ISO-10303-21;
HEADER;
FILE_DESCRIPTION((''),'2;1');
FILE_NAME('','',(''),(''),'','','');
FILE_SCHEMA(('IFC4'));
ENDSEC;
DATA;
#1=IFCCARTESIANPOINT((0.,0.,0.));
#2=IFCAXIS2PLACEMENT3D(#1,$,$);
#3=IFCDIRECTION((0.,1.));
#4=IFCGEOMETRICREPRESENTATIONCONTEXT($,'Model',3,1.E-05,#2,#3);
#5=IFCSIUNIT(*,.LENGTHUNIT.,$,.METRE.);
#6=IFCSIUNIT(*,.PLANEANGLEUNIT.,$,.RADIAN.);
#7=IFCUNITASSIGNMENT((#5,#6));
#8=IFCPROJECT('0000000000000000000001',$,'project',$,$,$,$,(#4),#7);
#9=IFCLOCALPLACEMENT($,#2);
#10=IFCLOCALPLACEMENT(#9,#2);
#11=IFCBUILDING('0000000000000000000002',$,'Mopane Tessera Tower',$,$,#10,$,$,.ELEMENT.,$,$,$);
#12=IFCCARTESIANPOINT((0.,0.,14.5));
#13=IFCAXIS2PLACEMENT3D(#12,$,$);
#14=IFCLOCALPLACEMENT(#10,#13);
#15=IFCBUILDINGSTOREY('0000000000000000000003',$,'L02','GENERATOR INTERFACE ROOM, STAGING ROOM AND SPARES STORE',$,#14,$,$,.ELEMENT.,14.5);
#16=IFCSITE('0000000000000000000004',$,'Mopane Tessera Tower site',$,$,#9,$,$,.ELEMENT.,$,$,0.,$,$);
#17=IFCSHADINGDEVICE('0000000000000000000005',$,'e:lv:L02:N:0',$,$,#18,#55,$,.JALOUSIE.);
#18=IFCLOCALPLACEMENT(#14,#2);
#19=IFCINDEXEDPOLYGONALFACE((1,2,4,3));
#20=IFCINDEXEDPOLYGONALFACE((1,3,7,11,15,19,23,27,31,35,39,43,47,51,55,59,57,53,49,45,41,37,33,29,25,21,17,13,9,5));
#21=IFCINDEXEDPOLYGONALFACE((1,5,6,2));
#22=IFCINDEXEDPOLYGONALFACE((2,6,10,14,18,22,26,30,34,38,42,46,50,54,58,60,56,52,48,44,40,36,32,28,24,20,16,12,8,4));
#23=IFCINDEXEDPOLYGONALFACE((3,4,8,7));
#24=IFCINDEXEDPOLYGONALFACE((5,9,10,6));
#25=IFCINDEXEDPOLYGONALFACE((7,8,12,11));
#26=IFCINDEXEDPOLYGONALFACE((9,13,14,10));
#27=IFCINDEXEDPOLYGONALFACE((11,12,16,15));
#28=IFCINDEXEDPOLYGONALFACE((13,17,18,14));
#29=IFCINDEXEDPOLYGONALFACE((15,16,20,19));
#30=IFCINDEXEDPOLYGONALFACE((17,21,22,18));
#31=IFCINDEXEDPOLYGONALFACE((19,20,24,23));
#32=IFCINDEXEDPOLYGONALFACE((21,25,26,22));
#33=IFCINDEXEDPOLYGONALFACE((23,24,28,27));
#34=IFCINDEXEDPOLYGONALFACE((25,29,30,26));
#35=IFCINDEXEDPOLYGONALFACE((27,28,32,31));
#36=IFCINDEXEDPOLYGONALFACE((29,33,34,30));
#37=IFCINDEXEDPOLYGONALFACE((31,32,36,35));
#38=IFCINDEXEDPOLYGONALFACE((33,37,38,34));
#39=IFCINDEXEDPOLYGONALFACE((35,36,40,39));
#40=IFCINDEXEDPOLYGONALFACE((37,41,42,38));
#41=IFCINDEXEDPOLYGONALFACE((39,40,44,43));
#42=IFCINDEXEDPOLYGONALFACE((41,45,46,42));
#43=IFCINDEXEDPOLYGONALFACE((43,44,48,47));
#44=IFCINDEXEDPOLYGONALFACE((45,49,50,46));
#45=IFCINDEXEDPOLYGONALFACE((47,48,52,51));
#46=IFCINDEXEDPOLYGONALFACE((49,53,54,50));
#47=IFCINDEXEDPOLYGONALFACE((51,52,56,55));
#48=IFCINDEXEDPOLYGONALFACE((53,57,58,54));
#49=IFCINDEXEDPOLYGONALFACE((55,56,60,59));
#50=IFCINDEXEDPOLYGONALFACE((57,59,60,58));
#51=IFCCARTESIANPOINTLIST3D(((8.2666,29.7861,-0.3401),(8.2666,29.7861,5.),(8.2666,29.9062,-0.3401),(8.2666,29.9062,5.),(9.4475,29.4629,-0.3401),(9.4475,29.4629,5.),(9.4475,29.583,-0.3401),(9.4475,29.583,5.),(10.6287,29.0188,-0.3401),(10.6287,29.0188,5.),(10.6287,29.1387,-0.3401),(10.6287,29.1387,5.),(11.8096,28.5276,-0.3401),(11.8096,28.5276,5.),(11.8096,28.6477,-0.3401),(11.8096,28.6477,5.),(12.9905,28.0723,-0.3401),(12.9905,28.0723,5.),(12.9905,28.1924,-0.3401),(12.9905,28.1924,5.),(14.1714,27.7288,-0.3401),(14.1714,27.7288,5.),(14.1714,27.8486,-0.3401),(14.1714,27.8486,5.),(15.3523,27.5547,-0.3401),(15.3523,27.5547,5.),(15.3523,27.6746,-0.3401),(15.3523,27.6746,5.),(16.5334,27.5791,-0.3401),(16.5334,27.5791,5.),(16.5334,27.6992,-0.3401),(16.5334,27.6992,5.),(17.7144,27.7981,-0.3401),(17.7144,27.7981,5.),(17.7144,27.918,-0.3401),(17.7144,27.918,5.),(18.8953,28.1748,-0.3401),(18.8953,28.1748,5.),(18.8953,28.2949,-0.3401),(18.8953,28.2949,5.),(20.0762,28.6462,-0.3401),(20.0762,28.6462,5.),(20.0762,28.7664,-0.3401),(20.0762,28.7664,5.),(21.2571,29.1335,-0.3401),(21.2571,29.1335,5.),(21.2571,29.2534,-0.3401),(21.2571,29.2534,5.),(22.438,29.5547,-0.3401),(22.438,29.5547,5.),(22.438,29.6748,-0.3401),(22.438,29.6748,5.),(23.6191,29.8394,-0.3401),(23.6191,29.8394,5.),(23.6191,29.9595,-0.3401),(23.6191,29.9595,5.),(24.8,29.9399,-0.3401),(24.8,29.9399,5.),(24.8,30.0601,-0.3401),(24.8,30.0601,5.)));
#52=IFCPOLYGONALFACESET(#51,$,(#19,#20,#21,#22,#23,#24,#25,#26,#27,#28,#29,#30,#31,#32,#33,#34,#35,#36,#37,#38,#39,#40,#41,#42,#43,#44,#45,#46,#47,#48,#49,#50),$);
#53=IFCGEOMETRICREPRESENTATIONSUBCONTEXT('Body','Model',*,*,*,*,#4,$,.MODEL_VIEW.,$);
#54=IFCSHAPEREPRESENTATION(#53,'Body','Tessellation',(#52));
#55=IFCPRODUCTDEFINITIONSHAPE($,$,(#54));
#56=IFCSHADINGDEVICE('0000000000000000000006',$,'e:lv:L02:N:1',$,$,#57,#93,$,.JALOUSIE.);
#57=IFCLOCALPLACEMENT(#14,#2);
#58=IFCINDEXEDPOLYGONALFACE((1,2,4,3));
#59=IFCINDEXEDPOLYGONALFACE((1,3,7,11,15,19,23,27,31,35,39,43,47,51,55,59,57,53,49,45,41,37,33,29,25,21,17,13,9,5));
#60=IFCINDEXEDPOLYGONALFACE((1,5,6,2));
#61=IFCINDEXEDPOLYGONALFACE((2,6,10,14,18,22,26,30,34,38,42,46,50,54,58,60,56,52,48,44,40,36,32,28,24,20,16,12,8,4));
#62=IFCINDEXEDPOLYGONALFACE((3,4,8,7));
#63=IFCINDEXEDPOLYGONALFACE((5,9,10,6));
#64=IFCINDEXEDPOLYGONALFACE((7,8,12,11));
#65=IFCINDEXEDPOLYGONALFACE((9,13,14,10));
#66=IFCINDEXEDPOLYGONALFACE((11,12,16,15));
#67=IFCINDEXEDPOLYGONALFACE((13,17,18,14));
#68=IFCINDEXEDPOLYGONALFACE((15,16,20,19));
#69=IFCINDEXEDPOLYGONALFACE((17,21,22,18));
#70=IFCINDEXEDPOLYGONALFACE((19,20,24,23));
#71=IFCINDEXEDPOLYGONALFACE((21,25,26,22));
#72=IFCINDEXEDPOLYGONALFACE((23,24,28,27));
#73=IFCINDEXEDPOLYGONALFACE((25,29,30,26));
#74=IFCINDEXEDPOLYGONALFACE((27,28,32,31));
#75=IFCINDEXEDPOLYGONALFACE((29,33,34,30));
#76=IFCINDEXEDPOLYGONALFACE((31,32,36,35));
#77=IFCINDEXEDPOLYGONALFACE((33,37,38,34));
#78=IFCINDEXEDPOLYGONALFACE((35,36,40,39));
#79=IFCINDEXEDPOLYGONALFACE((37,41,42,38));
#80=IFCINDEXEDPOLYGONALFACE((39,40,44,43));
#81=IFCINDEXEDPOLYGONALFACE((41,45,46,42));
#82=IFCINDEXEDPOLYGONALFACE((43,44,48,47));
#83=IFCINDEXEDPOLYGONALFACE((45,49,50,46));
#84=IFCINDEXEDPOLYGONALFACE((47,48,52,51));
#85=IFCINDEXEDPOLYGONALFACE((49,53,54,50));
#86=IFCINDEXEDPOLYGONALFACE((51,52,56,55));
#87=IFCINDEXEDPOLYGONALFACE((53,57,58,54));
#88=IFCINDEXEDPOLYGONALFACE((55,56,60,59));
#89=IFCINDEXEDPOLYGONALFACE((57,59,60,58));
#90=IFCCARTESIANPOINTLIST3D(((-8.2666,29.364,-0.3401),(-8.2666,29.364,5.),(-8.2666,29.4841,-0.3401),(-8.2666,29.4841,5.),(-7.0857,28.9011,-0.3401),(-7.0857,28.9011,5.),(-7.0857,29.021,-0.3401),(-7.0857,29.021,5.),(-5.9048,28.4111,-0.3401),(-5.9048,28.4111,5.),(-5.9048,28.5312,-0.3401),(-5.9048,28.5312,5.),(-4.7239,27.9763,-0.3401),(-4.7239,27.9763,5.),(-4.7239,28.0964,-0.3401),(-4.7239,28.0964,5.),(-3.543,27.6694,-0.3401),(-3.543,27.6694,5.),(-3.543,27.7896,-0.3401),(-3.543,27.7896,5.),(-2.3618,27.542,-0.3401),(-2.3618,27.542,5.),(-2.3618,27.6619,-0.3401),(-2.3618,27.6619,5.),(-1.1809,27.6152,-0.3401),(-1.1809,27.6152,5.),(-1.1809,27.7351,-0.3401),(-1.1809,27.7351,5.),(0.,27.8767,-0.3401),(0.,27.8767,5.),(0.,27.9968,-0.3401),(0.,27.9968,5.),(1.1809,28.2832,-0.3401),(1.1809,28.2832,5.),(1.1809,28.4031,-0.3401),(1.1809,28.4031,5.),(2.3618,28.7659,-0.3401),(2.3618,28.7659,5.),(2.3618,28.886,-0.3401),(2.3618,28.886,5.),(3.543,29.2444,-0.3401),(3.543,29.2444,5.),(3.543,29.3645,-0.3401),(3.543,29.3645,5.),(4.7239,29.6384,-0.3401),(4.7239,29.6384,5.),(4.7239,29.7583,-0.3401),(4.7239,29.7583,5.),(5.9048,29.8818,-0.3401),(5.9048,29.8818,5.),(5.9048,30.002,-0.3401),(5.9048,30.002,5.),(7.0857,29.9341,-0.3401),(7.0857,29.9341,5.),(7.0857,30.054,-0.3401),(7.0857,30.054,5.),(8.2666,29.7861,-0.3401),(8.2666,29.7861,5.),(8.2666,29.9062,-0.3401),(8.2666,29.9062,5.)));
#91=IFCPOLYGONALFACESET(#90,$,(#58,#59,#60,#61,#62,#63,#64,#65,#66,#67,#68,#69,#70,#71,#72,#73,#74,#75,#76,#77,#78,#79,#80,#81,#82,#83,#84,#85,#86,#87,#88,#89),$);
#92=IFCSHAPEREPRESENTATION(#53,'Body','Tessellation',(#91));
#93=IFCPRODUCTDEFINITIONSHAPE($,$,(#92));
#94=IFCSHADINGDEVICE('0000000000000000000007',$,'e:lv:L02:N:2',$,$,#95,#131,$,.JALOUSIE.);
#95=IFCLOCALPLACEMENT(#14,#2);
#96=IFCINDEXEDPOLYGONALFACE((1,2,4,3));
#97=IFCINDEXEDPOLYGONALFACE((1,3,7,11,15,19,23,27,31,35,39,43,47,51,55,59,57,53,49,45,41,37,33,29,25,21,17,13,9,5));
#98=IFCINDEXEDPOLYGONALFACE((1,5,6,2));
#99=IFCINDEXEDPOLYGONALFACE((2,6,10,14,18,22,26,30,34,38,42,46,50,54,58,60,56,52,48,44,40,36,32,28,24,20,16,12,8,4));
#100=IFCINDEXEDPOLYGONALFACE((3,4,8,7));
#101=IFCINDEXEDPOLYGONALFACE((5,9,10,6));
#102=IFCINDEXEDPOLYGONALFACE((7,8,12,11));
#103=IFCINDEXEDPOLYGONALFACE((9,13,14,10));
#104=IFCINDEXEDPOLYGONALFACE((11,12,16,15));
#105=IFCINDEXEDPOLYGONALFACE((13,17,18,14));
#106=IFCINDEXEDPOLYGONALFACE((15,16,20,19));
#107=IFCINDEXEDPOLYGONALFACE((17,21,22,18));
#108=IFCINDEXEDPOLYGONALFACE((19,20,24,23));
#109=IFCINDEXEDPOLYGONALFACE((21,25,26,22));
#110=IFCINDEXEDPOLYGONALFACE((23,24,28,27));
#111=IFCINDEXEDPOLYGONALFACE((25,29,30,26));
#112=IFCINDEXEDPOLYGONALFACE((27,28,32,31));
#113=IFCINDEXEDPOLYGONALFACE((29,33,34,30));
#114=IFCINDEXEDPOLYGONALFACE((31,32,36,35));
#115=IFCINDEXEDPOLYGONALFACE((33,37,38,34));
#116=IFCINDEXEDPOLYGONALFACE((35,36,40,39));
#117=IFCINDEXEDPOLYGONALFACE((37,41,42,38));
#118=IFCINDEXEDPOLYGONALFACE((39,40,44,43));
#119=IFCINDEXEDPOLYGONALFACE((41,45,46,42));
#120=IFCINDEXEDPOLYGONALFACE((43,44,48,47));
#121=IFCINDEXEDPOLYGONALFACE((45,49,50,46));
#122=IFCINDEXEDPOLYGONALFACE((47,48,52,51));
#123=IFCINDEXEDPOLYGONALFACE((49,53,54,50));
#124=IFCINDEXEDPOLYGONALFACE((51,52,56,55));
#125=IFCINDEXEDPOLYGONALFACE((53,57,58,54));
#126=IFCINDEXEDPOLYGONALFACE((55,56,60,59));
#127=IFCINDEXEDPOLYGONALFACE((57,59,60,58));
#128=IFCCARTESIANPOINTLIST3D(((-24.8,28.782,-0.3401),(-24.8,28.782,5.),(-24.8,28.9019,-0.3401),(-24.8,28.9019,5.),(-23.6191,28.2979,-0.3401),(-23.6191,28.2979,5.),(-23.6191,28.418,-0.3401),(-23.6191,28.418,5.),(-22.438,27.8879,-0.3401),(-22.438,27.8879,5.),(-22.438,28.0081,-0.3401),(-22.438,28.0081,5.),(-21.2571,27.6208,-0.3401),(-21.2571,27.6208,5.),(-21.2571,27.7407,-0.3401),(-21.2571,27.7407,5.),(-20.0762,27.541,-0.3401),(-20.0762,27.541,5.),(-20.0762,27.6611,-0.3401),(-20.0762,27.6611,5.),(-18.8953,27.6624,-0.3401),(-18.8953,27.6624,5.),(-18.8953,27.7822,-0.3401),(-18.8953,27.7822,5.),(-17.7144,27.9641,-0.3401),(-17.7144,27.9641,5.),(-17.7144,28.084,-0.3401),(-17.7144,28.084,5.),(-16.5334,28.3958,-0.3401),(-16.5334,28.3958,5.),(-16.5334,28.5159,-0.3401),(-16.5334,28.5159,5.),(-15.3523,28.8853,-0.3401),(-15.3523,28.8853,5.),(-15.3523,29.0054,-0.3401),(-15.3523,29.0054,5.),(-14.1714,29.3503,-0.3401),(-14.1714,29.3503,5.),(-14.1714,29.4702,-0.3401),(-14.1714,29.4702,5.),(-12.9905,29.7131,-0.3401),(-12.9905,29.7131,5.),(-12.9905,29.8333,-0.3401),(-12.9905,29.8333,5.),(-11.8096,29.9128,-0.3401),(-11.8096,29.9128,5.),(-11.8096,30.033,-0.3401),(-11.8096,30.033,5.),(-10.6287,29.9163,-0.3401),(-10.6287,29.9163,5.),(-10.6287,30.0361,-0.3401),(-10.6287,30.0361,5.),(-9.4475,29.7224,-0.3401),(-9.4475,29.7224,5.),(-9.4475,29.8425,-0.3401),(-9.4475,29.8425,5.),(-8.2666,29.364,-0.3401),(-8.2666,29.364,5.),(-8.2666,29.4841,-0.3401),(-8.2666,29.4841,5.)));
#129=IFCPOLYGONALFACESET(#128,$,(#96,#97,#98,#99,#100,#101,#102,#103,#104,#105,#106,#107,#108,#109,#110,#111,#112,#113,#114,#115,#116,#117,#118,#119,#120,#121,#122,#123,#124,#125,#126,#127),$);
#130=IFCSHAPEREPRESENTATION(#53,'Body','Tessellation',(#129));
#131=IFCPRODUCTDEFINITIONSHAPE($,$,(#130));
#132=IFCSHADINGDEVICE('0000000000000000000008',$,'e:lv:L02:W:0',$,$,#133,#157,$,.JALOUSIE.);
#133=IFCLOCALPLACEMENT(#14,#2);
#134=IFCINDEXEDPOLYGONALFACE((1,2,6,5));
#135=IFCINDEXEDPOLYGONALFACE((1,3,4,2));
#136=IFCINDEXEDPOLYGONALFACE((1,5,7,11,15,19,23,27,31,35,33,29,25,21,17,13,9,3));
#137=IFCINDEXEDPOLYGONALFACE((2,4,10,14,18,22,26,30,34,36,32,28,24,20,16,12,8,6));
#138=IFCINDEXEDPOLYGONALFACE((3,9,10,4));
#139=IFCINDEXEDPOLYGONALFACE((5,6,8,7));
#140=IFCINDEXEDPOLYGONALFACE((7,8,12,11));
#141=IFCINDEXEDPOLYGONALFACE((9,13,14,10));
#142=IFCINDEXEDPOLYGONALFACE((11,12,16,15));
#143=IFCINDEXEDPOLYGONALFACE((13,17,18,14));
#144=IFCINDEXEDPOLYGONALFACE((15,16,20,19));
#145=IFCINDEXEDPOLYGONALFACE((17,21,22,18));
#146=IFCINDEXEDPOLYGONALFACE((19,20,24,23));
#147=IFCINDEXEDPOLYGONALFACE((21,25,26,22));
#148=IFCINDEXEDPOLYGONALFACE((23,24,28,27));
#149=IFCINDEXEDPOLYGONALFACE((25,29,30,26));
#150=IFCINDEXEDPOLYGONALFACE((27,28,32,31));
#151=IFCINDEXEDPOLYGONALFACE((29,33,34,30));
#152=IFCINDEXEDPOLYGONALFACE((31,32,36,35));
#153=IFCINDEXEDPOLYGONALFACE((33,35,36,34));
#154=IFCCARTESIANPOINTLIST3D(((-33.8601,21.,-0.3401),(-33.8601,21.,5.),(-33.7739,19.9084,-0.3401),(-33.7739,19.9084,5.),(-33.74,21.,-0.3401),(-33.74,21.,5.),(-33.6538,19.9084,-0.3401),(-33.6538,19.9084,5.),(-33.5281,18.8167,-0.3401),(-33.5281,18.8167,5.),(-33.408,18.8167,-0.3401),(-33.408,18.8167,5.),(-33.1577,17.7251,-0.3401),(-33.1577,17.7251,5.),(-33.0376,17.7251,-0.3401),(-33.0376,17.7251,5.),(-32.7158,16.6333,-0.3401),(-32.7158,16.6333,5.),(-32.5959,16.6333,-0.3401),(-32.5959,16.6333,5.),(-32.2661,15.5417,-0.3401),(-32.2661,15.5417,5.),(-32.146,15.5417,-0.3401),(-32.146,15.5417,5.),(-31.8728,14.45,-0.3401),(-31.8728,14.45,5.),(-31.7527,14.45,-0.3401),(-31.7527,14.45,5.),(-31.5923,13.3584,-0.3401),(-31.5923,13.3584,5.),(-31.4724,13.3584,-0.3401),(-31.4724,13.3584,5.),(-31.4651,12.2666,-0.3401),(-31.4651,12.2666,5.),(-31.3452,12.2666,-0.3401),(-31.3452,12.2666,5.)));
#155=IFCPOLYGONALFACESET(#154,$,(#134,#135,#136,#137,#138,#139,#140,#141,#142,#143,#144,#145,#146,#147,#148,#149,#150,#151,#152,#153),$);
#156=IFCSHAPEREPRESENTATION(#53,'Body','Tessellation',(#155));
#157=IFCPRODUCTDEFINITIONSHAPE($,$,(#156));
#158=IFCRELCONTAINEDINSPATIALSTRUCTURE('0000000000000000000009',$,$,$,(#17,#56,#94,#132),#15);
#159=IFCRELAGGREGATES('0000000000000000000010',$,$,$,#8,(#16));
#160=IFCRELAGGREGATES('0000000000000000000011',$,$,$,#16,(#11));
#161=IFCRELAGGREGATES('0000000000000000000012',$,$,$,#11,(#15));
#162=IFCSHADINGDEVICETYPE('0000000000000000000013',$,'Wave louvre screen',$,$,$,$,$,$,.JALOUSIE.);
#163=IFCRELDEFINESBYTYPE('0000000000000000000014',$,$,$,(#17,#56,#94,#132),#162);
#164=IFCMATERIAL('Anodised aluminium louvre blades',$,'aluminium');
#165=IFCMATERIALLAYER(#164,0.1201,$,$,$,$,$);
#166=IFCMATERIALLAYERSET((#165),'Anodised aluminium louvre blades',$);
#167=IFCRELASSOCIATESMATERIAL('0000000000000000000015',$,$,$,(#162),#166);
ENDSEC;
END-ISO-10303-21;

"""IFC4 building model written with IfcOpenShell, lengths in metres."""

from ifc_helpers import new_model, si_unit, direction, frame, origin, place, context, subcontext, project, spatial, polyline, outline, extrude, material, layer, layer_set, type_object, element, save


model = new_model("IFC4")

# Units and contexts
model_context = context("Model", 3, precision=1e-05, world=origin(), true_north=direction((0.0, 1.0)))
body_context = subcontext(model_context, "Body", "Model", "MODEL_VIEW")
ifc_project = project(units=[si_unit("LENGTHUNIT", "METRE"), si_unit("PLANEANGLEUNIT", "RADIAN")], contexts=[model_context])

# Site, building, storey
site_placement = place(None, origin())
site = spatial("IfcSite", under=ifc_project, at=site_placement, Name="Mopane Tessera Tower site", CompositionType="ELEMENT", RefElevation=0.0)
building_placement = place(site_placement, origin())
building = spatial("IfcBuilding", under=site, at=building_placement, Name="Mopane Tessera Tower", CompositionType="ELEMENT")
storey_placement = place(building_placement, frame((0.0, 0.0, 14.5)))
storey = spatial("IfcBuildingStorey", under=building, at=storey_placement, Name="L02", Description="GENERATOR INTERFACE ROOM, STAGING ROOM AND SPARES STORE", CompositionType="ELEMENT", Elevation=14.5)

# Shading devices
ifc_material_1 = material(Name="Anodised aluminium louvre blades", Category="aluminium")
ifc_layer_1 = layer(ifc_material_1, 0.1201)
ifc_layer_set_1 = layer_set([ifc_layer_1], Name="Anodised aluminium louvre blades")
shading_device_type = type_object("IfcShadingDeviceType", Name="Wave louvre screen", PredefinedType="JALOUSIE", material=ifc_layer_set_1)
shading_device_1_placement = place(storey_placement, frame((0.0, 0.0, -0.3401)))
element("IfcShadingDevice", 1, at=shading_device_1_placement, inside=storey, type_object=shading_device_type, Name="e:lv:L02:N:0", PredefinedType="JALOUSIE", context=body_context, shape_type="SweptSolid", body=[
    extrude(outline(polyline([(24.8, 29.9399), (23.6191, 29.8394), (22.438, 29.5547), (21.2571, 29.1335), (20.0762, 28.6462), (18.8953, 28.1748), (17.7144, 27.7981), (16.5334, 27.5791), (15.3523, 27.5547), (14.1714, 27.7288), (12.9905, 28.0723), (11.8096, 28.5276), (10.6287, 29.0188), (9.4475, 29.4629), (8.2666, 29.7861), (8.2666, 29.9062), (9.4475, 29.583), (10.6287, 29.1387), (11.8096, 28.6477), (12.9905, 28.1924), (14.1714, 27.8486), (15.3523, 27.6746), (16.5334, 27.6992), (17.7144, 27.918), (18.8953, 28.2949), (20.0762, 28.7664), (21.2571, 29.2534), (22.438, 29.6748), (23.6191, 29.9595), (24.8, 30.0601), (24.8, 29.9399)])), origin(), (0.0, 0.0, 1.0), 5.3401),
])
shading_device_2_placement = place(storey_placement, frame((0.0, 0.0, -0.3401)))
element("IfcShadingDevice", 2, at=shading_device_2_placement, inside=storey, type_object=shading_device_type, Name="e:lv:L02:N:1", PredefinedType="JALOUSIE", context=body_context, shape_type="SweptSolid", body=[
    extrude(outline(polyline([(8.2666, 29.7861), (7.0857, 29.9341), (5.9048, 29.8818), (4.7239, 29.6384), (3.543, 29.2444), (2.3618, 28.7659), (1.1809, 28.2832), (0.0, 27.8767), (-1.1809, 27.6152), (-2.3618, 27.542), (-3.543, 27.6694), (-4.7239, 27.9763), (-5.9048, 28.4111), (-7.0857, 28.9011), (-8.2666, 29.364), (-8.2666, 29.4841), (-7.0857, 29.021), (-5.9048, 28.5312), (-4.7239, 28.0964), (-3.543, 27.7896), (-2.3618, 27.6619), (-1.1809, 27.7351), (0.0, 27.9968), (1.1809, 28.4031), (2.3618, 28.886), (3.543, 29.3645), (4.7239, 29.7583), (5.9048, 30.002), (7.0857, 30.054), (8.2666, 29.9062), (8.2666, 29.7861)])), origin(), (0.0, 0.0, 1.0), 5.3401),
])
shading_device_3_placement = place(storey_placement, frame((0.0, 0.0, -0.3401)))
element("IfcShadingDevice", 3, at=shading_device_3_placement, inside=storey, type_object=shading_device_type, Name="e:lv:L02:N:2", PredefinedType="JALOUSIE", context=body_context, shape_type="SweptSolid", body=[
    extrude(outline(polyline([(-8.2666, 29.364), (-9.4475, 29.7224), (-10.6287, 29.9163), (-11.8096, 29.9128), (-12.9905, 29.7131), (-14.1714, 29.3503), (-15.3523, 28.8853), (-16.5334, 28.3958), (-17.7144, 27.9641), (-18.8953, 27.6624), (-20.0762, 27.541), (-21.2571, 27.6208), (-22.438, 27.8879), (-23.6191, 28.2979), (-24.8, 28.782), (-24.8, 28.9019), (-23.6191, 28.418), (-22.438, 28.0081), (-21.2571, 27.7407), (-20.0762, 27.6611), (-18.8953, 27.7822), (-17.7144, 28.084), (-16.5334, 28.5159), (-15.3523, 29.0054), (-14.1714, 29.4702), (-12.9905, 29.8333), (-11.8096, 30.033), (-10.6287, 30.0361), (-9.4475, 29.8425), (-8.2666, 29.4841), (-8.2666, 29.364)])), origin(), (0.0, 0.0, 1.0), 5.3401),
])
shading_device_4_placement = place(storey_placement, frame((0.0, 0.0, -0.3401)))
element("IfcShadingDevice", 4, at=shading_device_4_placement, inside=storey, type_object=shading_device_type, Name="e:lv:L02:W:0", PredefinedType="JALOUSIE", context=body_context, shape_type="SweptSolid", body=[
    extrude(outline(polyline([(-33.74, 21.0), (-33.6538, 19.9084), (-33.408, 18.8167), (-33.0376, 17.7251), (-32.5959, 16.6333), (-32.146, 15.5417), (-31.7527, 14.45), (-31.4724, 13.3584), (-31.3452, 12.2666), (-31.4651, 12.2666), (-31.5923, 13.3584), (-31.8728, 14.45), (-32.2661, 15.5417), (-32.7158, 16.6333), (-33.1577, 17.7251), (-33.5281, 18.8167), (-33.7739, 19.9084), (-33.8601, 21.0), (-33.74, 21.0)])), origin(), (0.0, 0.0, 1.0), 5.3401),
])

save(model, "model.ifc")
